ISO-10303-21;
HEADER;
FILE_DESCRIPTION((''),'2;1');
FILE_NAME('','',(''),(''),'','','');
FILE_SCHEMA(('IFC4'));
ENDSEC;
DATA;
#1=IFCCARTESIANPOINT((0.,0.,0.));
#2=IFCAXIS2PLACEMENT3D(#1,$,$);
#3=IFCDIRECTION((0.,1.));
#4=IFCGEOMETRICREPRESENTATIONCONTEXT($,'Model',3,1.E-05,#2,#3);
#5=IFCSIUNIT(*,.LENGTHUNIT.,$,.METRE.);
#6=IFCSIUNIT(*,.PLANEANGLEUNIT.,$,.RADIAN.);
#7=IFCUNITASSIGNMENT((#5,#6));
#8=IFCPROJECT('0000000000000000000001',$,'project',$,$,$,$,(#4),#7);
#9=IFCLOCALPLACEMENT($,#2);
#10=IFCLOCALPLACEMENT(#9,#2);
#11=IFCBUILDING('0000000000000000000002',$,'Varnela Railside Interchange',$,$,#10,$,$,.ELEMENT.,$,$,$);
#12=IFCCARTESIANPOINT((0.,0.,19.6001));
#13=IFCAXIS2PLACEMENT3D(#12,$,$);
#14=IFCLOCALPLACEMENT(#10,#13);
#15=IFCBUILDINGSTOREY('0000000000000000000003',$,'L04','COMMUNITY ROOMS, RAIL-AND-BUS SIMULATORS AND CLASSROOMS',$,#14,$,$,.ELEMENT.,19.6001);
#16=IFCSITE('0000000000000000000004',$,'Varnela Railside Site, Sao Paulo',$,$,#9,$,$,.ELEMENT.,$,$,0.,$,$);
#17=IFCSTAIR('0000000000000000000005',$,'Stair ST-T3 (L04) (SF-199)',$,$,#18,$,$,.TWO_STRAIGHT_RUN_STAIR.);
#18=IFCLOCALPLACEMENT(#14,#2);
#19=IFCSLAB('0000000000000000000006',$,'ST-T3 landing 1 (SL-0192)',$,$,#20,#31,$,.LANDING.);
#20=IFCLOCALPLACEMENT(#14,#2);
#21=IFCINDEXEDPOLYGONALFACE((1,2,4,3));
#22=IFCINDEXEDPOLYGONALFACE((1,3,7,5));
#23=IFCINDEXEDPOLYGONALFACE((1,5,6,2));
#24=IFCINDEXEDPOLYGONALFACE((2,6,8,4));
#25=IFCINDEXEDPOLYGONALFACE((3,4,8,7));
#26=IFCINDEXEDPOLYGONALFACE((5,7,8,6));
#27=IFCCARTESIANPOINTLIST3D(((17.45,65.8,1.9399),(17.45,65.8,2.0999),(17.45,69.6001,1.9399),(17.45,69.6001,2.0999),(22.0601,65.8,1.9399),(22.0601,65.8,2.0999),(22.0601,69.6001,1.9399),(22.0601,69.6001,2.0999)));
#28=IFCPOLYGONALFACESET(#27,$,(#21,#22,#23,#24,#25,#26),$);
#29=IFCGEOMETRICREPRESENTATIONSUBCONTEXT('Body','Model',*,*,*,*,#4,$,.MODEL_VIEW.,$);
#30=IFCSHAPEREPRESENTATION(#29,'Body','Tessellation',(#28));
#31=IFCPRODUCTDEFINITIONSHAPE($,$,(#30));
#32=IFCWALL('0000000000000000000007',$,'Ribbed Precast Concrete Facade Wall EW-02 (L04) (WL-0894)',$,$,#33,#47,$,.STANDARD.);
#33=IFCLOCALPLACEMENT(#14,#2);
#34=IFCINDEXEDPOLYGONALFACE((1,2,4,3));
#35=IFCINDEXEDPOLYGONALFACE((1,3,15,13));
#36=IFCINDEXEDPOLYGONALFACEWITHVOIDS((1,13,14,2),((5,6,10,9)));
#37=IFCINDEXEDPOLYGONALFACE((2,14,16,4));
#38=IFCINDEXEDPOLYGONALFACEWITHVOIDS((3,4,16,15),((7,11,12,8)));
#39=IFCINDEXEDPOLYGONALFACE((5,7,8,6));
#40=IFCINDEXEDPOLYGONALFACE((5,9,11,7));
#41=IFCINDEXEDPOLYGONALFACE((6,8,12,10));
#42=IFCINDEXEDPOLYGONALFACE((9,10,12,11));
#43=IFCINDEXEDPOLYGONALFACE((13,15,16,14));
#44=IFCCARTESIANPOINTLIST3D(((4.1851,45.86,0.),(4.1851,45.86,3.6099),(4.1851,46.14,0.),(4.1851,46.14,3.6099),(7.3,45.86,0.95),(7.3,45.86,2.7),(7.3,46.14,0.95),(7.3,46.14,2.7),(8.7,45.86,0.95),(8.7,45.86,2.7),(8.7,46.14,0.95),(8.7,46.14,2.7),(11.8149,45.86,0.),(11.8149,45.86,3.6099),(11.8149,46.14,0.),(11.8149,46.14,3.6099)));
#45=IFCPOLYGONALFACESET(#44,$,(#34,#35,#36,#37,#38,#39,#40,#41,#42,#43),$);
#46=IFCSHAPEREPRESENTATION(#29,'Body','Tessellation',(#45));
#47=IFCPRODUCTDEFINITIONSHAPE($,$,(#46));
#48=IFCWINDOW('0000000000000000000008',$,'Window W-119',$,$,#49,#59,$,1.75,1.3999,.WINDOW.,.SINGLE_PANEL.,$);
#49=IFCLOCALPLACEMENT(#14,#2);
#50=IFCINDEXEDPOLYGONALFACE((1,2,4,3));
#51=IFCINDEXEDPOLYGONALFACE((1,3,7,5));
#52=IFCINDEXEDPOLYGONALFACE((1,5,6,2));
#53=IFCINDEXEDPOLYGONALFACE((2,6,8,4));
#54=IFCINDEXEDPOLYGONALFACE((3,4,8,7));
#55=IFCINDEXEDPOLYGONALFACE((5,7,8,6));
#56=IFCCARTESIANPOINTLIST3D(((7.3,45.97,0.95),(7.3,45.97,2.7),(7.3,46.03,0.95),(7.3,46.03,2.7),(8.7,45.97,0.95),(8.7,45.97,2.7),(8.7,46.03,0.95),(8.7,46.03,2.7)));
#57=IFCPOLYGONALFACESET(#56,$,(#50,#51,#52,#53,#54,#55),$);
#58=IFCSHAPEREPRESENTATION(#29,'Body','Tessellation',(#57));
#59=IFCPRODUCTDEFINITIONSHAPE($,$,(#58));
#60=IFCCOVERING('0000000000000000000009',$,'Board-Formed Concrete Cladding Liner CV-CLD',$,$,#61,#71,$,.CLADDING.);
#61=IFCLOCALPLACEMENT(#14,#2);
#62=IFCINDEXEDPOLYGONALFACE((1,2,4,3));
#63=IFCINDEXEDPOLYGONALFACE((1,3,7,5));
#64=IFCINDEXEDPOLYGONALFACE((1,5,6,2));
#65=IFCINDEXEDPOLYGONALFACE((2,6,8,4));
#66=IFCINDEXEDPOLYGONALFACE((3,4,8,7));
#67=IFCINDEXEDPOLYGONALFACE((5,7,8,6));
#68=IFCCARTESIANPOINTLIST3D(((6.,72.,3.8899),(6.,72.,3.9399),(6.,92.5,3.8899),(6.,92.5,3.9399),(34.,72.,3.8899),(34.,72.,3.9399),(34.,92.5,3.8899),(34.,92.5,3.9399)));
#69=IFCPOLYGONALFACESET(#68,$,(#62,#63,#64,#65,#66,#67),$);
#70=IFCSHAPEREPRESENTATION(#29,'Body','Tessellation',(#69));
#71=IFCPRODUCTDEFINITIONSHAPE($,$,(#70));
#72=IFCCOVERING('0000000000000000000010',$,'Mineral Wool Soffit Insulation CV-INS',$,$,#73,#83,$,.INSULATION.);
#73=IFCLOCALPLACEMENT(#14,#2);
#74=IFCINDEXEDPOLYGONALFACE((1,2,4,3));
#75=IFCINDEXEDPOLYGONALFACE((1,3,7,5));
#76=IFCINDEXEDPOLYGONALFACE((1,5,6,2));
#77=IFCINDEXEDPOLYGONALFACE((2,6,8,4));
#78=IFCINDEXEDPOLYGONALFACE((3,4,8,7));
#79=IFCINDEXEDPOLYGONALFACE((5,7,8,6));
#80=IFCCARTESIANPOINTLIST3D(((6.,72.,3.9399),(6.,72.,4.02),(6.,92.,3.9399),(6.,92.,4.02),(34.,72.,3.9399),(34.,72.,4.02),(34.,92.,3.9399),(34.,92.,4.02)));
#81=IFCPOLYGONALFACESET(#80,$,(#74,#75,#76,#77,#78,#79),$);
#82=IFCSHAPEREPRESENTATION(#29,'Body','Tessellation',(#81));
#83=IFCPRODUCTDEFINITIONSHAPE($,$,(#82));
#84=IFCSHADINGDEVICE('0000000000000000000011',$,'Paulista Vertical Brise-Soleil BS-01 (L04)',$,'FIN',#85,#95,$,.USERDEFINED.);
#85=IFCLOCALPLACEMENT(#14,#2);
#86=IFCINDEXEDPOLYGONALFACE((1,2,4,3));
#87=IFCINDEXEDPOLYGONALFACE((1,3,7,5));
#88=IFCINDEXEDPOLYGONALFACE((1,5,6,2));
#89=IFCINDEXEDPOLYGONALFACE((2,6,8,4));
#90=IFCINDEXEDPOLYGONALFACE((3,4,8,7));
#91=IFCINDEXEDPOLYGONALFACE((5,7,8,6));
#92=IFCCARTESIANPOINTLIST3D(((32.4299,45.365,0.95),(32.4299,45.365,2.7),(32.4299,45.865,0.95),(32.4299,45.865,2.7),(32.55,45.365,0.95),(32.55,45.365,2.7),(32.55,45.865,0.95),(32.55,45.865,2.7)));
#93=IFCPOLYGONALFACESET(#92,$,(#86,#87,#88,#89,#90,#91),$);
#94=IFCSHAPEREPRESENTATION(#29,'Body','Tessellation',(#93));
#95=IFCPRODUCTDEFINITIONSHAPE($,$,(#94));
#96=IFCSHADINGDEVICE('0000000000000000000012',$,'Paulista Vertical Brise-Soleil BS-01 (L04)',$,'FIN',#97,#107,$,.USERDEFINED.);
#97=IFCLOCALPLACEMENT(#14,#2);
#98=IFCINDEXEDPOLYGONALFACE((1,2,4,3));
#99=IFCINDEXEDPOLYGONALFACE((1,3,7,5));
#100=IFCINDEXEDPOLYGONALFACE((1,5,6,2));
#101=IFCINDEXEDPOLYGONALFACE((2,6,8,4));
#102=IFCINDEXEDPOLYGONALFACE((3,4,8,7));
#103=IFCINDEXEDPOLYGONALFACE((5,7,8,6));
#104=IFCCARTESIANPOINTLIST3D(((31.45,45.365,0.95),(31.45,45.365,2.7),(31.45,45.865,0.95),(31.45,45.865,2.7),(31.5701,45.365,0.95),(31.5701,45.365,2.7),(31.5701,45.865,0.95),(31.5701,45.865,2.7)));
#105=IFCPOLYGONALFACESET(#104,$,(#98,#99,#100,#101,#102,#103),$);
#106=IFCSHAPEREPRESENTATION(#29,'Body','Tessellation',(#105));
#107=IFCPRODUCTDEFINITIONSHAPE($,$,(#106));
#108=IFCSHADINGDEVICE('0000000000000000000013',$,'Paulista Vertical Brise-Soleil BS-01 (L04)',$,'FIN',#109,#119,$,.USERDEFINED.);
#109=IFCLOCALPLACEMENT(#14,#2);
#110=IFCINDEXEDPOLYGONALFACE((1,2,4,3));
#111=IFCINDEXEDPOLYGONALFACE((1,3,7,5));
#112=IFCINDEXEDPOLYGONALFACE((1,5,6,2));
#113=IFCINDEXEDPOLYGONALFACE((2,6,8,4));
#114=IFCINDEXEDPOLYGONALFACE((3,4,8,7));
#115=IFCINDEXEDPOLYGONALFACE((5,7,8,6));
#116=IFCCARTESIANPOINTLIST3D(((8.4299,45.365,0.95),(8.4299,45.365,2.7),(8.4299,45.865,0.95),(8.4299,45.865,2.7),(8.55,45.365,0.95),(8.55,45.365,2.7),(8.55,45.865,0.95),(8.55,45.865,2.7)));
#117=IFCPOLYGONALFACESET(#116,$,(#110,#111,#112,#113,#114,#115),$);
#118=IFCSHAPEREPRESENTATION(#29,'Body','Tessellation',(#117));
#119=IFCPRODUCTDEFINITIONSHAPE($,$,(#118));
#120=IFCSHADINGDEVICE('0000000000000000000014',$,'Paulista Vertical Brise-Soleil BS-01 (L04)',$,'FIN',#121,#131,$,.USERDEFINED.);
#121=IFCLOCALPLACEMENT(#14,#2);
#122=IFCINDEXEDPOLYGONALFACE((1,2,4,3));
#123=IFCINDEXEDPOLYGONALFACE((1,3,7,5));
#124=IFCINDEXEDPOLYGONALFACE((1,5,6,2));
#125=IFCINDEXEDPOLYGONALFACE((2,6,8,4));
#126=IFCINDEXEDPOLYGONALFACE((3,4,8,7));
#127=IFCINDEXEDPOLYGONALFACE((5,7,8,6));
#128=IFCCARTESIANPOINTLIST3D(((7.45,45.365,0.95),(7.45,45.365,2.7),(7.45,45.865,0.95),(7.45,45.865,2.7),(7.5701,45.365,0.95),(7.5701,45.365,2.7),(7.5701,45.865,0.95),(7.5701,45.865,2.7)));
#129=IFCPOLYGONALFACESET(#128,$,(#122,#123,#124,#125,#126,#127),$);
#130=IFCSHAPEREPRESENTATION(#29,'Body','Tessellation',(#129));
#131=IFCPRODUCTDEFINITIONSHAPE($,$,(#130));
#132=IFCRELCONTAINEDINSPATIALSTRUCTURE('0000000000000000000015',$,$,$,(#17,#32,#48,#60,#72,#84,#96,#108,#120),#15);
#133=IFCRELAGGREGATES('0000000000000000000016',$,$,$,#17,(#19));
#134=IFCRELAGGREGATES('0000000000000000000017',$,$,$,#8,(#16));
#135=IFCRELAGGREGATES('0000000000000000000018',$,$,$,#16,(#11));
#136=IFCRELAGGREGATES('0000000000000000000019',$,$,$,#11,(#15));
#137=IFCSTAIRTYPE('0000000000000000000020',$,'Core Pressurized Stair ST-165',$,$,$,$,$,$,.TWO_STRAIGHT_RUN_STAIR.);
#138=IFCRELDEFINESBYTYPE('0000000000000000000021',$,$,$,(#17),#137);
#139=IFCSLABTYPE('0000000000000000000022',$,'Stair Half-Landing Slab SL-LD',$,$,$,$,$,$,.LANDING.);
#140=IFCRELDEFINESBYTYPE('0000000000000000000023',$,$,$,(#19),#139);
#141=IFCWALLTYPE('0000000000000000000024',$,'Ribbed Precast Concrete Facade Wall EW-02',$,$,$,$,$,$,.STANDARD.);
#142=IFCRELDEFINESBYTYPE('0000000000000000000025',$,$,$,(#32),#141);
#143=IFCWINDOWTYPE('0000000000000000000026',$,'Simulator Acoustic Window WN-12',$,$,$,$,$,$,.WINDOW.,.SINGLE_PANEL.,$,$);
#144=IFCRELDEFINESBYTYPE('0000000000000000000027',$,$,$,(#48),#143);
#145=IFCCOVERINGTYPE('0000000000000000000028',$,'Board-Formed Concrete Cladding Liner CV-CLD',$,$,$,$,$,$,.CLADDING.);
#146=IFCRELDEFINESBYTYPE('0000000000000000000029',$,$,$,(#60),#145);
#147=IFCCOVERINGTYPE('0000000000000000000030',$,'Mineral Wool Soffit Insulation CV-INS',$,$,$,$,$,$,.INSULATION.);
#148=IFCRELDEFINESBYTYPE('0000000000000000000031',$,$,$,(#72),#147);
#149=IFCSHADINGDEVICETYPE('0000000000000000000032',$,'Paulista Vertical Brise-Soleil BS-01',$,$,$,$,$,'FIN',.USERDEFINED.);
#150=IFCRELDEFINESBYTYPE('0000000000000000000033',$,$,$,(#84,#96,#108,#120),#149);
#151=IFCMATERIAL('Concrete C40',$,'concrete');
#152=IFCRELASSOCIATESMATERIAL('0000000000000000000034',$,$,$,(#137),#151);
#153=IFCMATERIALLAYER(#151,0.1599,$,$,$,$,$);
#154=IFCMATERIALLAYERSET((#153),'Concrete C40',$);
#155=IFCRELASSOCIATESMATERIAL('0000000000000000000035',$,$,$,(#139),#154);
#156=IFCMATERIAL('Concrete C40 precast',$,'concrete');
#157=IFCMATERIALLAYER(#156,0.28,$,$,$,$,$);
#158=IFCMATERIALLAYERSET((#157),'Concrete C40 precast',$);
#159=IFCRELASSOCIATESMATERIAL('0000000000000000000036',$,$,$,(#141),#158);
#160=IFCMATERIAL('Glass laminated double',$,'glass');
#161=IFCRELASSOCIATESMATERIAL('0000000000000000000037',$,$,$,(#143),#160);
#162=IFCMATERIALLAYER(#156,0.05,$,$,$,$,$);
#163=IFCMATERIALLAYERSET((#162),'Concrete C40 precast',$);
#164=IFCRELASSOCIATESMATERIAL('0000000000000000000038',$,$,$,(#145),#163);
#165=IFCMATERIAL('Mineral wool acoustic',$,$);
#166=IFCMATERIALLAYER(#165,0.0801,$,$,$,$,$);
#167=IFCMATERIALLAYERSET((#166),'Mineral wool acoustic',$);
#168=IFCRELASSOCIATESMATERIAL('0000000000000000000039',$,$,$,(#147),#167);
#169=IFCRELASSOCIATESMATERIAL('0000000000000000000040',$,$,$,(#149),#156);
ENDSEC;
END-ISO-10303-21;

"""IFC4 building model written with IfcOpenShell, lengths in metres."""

from ifc_helpers import new_model, si_unit, direction, frame, frame_2d, origin, origin_2d, place, context, subcontext, project, spatial, polyline, rectangle, outline, extrude, material, layer, layer_set, type_object, element, fill, aggregate, save


model = new_model("IFC4")

# Units and contexts
model_context = context("Model", 3, precision=1e-05, world=origin(), true_north=direction((0.0, 1.0)))
body_context = subcontext(model_context, "Body", "Model", "MODEL_VIEW")
ifc_project = project(units=[si_unit("LENGTHUNIT", "METRE"), si_unit("PLANEANGLEUNIT", "RADIAN")], contexts=[model_context])

# Site, building, storey
site_placement = place(None, origin())
site = spatial("IfcSite", under=ifc_project, at=site_placement, Name="Varnela Railside Site, Sao Paulo", CompositionType="ELEMENT", RefElevation=0.0)
building_placement = place(site_placement, origin())
building = spatial("IfcBuilding", under=site, at=building_placement, Name="Varnela Railside Interchange", CompositionType="ELEMENT")
storey_placement = place(building_placement, frame((0.0, 0.0, 19.6001)))
storey = spatial("IfcBuildingStorey", under=building, at=storey_placement, Name="L04", Description="COMMUNITY ROOMS, RAIL-AND-BUS SIMULATORS AND CLASSROOMS", CompositionType="ELEMENT", Elevation=19.6001)

# Shared definitions
ifc_material_1 = material(Name="Glass laminated double", Category="glass")

# Shared definitions
ifc_material_2 = material(Name="Concrete C40", Category="concrete")

# Stair, slab
stair_type = type_object("IfcStairType", Name="Core Pressurized Stair ST-165", PredefinedType="TWO_STRAIGHT_RUN_STAIR", material=ifc_material_2)
ifc_layer_1 = layer(ifc_material_2, 0.1599)
ifc_layer_set_1 = layer_set([ifc_layer_1], Name="Concrete C40")
slab_type_1 = type_object("IfcSlabType", Name="Stair Half-Landing Slab SL-LD", PredefinedType="LANDING", material=ifc_layer_set_1)
stair_1_placement = place(storey_placement, origin())
stair_1 = element("IfcStair", 1, at=stair_1_placement, inside=storey, type_object=stair_type, Name="Stair ST-T3 (L04) (SF-199)", PredefinedType="TWO_STRAIGHT_RUN_STAIR")
slab_1_placement = place(storey_placement, frame((0.0, 0.0, 1.9399)))
slab_1 = element("IfcSlab", 2, at=slab_1_placement, type_object=slab_type_1, Name="ST-T3 landing 1 (SL-0192)", PredefinedType="LANDING", context=body_context, shape_type="SweptSolid", body=[
    extrude(outline(polyline([(17.45, 65.8), (22.0601, 65.8), (22.0601, 69.6001), (17.45, 69.6001), (17.45, 65.8)])), origin(), (0.0, 0.0, 1.0), 0.1599),
])
aggregate(stair_1, [slab_1])

# Wall, opening, window
ifc_material_3 = material(Name="Concrete C40 precast", Category="concrete")
ifc_layer_2 = layer(ifc_material_3, 0.28)
ifc_layer_set_2 = layer_set([ifc_layer_2], Name="Concrete C40 precast")
wall_type = type_object("IfcWallType", Name="Ribbed Precast Concrete Facade Wall EW-02", PredefinedType="STANDARD", material=ifc_layer_set_2)
wall_placement = place(storey_placement, frame((11.8149, 46.0, 0.0), z_axis=(0.0, 0.0, 1.0), x_axis=(-1.0, 0.0, 0.0)))
wall = element("IfcWall", 3, at=wall_placement, inside=storey, type_object=wall_type, Name="Ribbed Precast Concrete Facade Wall EW-02 (L04) (WL-0894)", PredefinedType="STANDARD", context=body_context, shape_type="SweptSolid", body=[
    extrude(rectangle(XDim=7.6299, YDim=0.28, at=frame_2d((3.8149, 0.0))), origin(), (0.0, 0.0, 1.0), 3.6099),
])
opening_placement = place(wall_placement, frame((3.115, 0.0, 0.95)))
opening = element("IfcOpeningElement", 4, at=opening_placement, cuts=wall, PredefinedType="OPENING", context=body_context, shape_type="SweptSolid", body=[
    extrude(rectangle(XDim=1.3999, YDim=1.75, at=frame_2d((0.7, 0.875))), frame((0.0, 0.1499, 0.0), z_axis=(0.0, -1.0, 0.0), x_axis=(1.0, 0.0, 0.0)), (0.0, 0.0, 1.0), 0.3),
])
window_type = type_object("IfcWindowType", Name="Simulator Acoustic Window WN-12", PartitioningType="SINGLE_PANEL", PredefinedType="WINDOW", material=ifc_material_1)
window_placement = place(opening_placement, origin())
window = element("IfcWindow", 5, at=window_placement, inside=storey, type_object=window_type, Name="Window W-119", OverallHeight=1.75, OverallWidth=1.3999, PartitioningType="SINGLE_PANEL", PredefinedType="WINDOW", context=body_context, shape_type="SweptSolid", body=[
    extrude(rectangle(XDim=1.3999, YDim=1.75, at=frame_2d((0.7, 0.875))), frame((0.0, 0.03, 0.0), z_axis=(0.0, -1.0, 0.0), x_axis=(1.0, 0.0, 0.0)), (0.0, 0.0, 1.0), 0.0601),
])
fill(opening, window)

# Coverings
ifc_layer_3 = layer(ifc_material_3, 0.05)
ifc_layer_set_3 = layer_set([ifc_layer_3], Name="Concrete C40 precast")
covering_type_1 = type_object("IfcCoveringType", Name="Board-Formed Concrete Cladding Liner CV-CLD", PredefinedType="CLADDING", material=ifc_layer_set_3)
covering_1_placement = place(storey_placement, frame((0.0, 0.0, 3.8899)))
element("IfcCovering", 6, at=covering_1_placement, inside=storey, type_object=covering_type_1, Name="Board-Formed Concrete Cladding Liner CV-CLD", PredefinedType="CLADDING", context=body_context, shape_type="SweptSolid", body=[
    extrude(outline(polyline([(6.0, 72.0), (34.0, 72.0), (34.0, 92.5), (6.0, 92.5), (6.0, 72.0)])), origin(), (0.0, 0.0, 1.0), 0.05),
])
ifc_material_4 = material(Name="Mineral wool acoustic")
ifc_layer_4 = layer(ifc_material_4, 0.0801)
ifc_layer_set_4 = layer_set([ifc_layer_4], Name="Mineral wool acoustic")
covering_type_2 = type_object("IfcCoveringType", Name="Mineral Wool Soffit Insulation CV-INS", PredefinedType="INSULATION", material=ifc_layer_set_4)
covering_2_placement = place(storey_placement, frame((0.0, 0.0, 3.9399)))
element("IfcCovering", 7, at=covering_2_placement, inside=storey, type_object=covering_type_2, Name="Mineral Wool Soffit Insulation CV-INS", PredefinedType="INSULATION", context=body_context, shape_type="SweptSolid", body=[
    extrude(outline(polyline([(6.0, 72.0), (34.0, 72.0), (34.0, 92.0), (6.0, 92.0), (6.0, 72.0)])), origin(), (0.0, 0.0, 1.0), 0.0801),
])

# Shading devices
shading_device_type = type_object("IfcShadingDeviceType", Name="Paulista Vertical Brise-Soleil BS-01", ElementType="FIN", PredefinedType="USERDEFINED", material=ifc_material_3)
for number, where, z_axis, x_axis, name in (
    (8, (32.49, 45.615, 0.95), (0.0, 0.0, 1.0), (0.0, -1.0, 0.0), "Paulista Vertical Brise-Soleil BS-01 (L04)"),
    (9, (31.51, 45.615, 0.95), (0.0, 0.0, 1.0), (0.0, -1.0, 0.0), "Paulista Vertical Brise-Soleil BS-01 (L04)"),
    (10, (8.49, 45.615, 0.95), (0.0, 0.0, 1.0), (0.0, -1.0, 0.0), "Paulista Vertical Brise-Soleil BS-01 (L04)"),
    (11, (7.51, 45.615, 0.95), (0.0, 0.0, 1.0), (0.0, -1.0, 0.0), "Paulista Vertical Brise-Soleil BS-01 (L04)"),
):
    element("IfcShadingDevice", number, at=place(storey_placement, frame(where, z_axis=z_axis, x_axis=x_axis)), inside=storey, type_object=shading_device_type, Name=name, ObjectType="FIN", PredefinedType="USERDEFINED", context=body_context, shape_type="SweptSolid", body=[
        extrude(rectangle(XDim=0.5, YDim=0.1201, at=origin_2d()), origin(), (0.0, 0.0, 1.0), 1.75),
    ])

save(model, "model.ifc")
